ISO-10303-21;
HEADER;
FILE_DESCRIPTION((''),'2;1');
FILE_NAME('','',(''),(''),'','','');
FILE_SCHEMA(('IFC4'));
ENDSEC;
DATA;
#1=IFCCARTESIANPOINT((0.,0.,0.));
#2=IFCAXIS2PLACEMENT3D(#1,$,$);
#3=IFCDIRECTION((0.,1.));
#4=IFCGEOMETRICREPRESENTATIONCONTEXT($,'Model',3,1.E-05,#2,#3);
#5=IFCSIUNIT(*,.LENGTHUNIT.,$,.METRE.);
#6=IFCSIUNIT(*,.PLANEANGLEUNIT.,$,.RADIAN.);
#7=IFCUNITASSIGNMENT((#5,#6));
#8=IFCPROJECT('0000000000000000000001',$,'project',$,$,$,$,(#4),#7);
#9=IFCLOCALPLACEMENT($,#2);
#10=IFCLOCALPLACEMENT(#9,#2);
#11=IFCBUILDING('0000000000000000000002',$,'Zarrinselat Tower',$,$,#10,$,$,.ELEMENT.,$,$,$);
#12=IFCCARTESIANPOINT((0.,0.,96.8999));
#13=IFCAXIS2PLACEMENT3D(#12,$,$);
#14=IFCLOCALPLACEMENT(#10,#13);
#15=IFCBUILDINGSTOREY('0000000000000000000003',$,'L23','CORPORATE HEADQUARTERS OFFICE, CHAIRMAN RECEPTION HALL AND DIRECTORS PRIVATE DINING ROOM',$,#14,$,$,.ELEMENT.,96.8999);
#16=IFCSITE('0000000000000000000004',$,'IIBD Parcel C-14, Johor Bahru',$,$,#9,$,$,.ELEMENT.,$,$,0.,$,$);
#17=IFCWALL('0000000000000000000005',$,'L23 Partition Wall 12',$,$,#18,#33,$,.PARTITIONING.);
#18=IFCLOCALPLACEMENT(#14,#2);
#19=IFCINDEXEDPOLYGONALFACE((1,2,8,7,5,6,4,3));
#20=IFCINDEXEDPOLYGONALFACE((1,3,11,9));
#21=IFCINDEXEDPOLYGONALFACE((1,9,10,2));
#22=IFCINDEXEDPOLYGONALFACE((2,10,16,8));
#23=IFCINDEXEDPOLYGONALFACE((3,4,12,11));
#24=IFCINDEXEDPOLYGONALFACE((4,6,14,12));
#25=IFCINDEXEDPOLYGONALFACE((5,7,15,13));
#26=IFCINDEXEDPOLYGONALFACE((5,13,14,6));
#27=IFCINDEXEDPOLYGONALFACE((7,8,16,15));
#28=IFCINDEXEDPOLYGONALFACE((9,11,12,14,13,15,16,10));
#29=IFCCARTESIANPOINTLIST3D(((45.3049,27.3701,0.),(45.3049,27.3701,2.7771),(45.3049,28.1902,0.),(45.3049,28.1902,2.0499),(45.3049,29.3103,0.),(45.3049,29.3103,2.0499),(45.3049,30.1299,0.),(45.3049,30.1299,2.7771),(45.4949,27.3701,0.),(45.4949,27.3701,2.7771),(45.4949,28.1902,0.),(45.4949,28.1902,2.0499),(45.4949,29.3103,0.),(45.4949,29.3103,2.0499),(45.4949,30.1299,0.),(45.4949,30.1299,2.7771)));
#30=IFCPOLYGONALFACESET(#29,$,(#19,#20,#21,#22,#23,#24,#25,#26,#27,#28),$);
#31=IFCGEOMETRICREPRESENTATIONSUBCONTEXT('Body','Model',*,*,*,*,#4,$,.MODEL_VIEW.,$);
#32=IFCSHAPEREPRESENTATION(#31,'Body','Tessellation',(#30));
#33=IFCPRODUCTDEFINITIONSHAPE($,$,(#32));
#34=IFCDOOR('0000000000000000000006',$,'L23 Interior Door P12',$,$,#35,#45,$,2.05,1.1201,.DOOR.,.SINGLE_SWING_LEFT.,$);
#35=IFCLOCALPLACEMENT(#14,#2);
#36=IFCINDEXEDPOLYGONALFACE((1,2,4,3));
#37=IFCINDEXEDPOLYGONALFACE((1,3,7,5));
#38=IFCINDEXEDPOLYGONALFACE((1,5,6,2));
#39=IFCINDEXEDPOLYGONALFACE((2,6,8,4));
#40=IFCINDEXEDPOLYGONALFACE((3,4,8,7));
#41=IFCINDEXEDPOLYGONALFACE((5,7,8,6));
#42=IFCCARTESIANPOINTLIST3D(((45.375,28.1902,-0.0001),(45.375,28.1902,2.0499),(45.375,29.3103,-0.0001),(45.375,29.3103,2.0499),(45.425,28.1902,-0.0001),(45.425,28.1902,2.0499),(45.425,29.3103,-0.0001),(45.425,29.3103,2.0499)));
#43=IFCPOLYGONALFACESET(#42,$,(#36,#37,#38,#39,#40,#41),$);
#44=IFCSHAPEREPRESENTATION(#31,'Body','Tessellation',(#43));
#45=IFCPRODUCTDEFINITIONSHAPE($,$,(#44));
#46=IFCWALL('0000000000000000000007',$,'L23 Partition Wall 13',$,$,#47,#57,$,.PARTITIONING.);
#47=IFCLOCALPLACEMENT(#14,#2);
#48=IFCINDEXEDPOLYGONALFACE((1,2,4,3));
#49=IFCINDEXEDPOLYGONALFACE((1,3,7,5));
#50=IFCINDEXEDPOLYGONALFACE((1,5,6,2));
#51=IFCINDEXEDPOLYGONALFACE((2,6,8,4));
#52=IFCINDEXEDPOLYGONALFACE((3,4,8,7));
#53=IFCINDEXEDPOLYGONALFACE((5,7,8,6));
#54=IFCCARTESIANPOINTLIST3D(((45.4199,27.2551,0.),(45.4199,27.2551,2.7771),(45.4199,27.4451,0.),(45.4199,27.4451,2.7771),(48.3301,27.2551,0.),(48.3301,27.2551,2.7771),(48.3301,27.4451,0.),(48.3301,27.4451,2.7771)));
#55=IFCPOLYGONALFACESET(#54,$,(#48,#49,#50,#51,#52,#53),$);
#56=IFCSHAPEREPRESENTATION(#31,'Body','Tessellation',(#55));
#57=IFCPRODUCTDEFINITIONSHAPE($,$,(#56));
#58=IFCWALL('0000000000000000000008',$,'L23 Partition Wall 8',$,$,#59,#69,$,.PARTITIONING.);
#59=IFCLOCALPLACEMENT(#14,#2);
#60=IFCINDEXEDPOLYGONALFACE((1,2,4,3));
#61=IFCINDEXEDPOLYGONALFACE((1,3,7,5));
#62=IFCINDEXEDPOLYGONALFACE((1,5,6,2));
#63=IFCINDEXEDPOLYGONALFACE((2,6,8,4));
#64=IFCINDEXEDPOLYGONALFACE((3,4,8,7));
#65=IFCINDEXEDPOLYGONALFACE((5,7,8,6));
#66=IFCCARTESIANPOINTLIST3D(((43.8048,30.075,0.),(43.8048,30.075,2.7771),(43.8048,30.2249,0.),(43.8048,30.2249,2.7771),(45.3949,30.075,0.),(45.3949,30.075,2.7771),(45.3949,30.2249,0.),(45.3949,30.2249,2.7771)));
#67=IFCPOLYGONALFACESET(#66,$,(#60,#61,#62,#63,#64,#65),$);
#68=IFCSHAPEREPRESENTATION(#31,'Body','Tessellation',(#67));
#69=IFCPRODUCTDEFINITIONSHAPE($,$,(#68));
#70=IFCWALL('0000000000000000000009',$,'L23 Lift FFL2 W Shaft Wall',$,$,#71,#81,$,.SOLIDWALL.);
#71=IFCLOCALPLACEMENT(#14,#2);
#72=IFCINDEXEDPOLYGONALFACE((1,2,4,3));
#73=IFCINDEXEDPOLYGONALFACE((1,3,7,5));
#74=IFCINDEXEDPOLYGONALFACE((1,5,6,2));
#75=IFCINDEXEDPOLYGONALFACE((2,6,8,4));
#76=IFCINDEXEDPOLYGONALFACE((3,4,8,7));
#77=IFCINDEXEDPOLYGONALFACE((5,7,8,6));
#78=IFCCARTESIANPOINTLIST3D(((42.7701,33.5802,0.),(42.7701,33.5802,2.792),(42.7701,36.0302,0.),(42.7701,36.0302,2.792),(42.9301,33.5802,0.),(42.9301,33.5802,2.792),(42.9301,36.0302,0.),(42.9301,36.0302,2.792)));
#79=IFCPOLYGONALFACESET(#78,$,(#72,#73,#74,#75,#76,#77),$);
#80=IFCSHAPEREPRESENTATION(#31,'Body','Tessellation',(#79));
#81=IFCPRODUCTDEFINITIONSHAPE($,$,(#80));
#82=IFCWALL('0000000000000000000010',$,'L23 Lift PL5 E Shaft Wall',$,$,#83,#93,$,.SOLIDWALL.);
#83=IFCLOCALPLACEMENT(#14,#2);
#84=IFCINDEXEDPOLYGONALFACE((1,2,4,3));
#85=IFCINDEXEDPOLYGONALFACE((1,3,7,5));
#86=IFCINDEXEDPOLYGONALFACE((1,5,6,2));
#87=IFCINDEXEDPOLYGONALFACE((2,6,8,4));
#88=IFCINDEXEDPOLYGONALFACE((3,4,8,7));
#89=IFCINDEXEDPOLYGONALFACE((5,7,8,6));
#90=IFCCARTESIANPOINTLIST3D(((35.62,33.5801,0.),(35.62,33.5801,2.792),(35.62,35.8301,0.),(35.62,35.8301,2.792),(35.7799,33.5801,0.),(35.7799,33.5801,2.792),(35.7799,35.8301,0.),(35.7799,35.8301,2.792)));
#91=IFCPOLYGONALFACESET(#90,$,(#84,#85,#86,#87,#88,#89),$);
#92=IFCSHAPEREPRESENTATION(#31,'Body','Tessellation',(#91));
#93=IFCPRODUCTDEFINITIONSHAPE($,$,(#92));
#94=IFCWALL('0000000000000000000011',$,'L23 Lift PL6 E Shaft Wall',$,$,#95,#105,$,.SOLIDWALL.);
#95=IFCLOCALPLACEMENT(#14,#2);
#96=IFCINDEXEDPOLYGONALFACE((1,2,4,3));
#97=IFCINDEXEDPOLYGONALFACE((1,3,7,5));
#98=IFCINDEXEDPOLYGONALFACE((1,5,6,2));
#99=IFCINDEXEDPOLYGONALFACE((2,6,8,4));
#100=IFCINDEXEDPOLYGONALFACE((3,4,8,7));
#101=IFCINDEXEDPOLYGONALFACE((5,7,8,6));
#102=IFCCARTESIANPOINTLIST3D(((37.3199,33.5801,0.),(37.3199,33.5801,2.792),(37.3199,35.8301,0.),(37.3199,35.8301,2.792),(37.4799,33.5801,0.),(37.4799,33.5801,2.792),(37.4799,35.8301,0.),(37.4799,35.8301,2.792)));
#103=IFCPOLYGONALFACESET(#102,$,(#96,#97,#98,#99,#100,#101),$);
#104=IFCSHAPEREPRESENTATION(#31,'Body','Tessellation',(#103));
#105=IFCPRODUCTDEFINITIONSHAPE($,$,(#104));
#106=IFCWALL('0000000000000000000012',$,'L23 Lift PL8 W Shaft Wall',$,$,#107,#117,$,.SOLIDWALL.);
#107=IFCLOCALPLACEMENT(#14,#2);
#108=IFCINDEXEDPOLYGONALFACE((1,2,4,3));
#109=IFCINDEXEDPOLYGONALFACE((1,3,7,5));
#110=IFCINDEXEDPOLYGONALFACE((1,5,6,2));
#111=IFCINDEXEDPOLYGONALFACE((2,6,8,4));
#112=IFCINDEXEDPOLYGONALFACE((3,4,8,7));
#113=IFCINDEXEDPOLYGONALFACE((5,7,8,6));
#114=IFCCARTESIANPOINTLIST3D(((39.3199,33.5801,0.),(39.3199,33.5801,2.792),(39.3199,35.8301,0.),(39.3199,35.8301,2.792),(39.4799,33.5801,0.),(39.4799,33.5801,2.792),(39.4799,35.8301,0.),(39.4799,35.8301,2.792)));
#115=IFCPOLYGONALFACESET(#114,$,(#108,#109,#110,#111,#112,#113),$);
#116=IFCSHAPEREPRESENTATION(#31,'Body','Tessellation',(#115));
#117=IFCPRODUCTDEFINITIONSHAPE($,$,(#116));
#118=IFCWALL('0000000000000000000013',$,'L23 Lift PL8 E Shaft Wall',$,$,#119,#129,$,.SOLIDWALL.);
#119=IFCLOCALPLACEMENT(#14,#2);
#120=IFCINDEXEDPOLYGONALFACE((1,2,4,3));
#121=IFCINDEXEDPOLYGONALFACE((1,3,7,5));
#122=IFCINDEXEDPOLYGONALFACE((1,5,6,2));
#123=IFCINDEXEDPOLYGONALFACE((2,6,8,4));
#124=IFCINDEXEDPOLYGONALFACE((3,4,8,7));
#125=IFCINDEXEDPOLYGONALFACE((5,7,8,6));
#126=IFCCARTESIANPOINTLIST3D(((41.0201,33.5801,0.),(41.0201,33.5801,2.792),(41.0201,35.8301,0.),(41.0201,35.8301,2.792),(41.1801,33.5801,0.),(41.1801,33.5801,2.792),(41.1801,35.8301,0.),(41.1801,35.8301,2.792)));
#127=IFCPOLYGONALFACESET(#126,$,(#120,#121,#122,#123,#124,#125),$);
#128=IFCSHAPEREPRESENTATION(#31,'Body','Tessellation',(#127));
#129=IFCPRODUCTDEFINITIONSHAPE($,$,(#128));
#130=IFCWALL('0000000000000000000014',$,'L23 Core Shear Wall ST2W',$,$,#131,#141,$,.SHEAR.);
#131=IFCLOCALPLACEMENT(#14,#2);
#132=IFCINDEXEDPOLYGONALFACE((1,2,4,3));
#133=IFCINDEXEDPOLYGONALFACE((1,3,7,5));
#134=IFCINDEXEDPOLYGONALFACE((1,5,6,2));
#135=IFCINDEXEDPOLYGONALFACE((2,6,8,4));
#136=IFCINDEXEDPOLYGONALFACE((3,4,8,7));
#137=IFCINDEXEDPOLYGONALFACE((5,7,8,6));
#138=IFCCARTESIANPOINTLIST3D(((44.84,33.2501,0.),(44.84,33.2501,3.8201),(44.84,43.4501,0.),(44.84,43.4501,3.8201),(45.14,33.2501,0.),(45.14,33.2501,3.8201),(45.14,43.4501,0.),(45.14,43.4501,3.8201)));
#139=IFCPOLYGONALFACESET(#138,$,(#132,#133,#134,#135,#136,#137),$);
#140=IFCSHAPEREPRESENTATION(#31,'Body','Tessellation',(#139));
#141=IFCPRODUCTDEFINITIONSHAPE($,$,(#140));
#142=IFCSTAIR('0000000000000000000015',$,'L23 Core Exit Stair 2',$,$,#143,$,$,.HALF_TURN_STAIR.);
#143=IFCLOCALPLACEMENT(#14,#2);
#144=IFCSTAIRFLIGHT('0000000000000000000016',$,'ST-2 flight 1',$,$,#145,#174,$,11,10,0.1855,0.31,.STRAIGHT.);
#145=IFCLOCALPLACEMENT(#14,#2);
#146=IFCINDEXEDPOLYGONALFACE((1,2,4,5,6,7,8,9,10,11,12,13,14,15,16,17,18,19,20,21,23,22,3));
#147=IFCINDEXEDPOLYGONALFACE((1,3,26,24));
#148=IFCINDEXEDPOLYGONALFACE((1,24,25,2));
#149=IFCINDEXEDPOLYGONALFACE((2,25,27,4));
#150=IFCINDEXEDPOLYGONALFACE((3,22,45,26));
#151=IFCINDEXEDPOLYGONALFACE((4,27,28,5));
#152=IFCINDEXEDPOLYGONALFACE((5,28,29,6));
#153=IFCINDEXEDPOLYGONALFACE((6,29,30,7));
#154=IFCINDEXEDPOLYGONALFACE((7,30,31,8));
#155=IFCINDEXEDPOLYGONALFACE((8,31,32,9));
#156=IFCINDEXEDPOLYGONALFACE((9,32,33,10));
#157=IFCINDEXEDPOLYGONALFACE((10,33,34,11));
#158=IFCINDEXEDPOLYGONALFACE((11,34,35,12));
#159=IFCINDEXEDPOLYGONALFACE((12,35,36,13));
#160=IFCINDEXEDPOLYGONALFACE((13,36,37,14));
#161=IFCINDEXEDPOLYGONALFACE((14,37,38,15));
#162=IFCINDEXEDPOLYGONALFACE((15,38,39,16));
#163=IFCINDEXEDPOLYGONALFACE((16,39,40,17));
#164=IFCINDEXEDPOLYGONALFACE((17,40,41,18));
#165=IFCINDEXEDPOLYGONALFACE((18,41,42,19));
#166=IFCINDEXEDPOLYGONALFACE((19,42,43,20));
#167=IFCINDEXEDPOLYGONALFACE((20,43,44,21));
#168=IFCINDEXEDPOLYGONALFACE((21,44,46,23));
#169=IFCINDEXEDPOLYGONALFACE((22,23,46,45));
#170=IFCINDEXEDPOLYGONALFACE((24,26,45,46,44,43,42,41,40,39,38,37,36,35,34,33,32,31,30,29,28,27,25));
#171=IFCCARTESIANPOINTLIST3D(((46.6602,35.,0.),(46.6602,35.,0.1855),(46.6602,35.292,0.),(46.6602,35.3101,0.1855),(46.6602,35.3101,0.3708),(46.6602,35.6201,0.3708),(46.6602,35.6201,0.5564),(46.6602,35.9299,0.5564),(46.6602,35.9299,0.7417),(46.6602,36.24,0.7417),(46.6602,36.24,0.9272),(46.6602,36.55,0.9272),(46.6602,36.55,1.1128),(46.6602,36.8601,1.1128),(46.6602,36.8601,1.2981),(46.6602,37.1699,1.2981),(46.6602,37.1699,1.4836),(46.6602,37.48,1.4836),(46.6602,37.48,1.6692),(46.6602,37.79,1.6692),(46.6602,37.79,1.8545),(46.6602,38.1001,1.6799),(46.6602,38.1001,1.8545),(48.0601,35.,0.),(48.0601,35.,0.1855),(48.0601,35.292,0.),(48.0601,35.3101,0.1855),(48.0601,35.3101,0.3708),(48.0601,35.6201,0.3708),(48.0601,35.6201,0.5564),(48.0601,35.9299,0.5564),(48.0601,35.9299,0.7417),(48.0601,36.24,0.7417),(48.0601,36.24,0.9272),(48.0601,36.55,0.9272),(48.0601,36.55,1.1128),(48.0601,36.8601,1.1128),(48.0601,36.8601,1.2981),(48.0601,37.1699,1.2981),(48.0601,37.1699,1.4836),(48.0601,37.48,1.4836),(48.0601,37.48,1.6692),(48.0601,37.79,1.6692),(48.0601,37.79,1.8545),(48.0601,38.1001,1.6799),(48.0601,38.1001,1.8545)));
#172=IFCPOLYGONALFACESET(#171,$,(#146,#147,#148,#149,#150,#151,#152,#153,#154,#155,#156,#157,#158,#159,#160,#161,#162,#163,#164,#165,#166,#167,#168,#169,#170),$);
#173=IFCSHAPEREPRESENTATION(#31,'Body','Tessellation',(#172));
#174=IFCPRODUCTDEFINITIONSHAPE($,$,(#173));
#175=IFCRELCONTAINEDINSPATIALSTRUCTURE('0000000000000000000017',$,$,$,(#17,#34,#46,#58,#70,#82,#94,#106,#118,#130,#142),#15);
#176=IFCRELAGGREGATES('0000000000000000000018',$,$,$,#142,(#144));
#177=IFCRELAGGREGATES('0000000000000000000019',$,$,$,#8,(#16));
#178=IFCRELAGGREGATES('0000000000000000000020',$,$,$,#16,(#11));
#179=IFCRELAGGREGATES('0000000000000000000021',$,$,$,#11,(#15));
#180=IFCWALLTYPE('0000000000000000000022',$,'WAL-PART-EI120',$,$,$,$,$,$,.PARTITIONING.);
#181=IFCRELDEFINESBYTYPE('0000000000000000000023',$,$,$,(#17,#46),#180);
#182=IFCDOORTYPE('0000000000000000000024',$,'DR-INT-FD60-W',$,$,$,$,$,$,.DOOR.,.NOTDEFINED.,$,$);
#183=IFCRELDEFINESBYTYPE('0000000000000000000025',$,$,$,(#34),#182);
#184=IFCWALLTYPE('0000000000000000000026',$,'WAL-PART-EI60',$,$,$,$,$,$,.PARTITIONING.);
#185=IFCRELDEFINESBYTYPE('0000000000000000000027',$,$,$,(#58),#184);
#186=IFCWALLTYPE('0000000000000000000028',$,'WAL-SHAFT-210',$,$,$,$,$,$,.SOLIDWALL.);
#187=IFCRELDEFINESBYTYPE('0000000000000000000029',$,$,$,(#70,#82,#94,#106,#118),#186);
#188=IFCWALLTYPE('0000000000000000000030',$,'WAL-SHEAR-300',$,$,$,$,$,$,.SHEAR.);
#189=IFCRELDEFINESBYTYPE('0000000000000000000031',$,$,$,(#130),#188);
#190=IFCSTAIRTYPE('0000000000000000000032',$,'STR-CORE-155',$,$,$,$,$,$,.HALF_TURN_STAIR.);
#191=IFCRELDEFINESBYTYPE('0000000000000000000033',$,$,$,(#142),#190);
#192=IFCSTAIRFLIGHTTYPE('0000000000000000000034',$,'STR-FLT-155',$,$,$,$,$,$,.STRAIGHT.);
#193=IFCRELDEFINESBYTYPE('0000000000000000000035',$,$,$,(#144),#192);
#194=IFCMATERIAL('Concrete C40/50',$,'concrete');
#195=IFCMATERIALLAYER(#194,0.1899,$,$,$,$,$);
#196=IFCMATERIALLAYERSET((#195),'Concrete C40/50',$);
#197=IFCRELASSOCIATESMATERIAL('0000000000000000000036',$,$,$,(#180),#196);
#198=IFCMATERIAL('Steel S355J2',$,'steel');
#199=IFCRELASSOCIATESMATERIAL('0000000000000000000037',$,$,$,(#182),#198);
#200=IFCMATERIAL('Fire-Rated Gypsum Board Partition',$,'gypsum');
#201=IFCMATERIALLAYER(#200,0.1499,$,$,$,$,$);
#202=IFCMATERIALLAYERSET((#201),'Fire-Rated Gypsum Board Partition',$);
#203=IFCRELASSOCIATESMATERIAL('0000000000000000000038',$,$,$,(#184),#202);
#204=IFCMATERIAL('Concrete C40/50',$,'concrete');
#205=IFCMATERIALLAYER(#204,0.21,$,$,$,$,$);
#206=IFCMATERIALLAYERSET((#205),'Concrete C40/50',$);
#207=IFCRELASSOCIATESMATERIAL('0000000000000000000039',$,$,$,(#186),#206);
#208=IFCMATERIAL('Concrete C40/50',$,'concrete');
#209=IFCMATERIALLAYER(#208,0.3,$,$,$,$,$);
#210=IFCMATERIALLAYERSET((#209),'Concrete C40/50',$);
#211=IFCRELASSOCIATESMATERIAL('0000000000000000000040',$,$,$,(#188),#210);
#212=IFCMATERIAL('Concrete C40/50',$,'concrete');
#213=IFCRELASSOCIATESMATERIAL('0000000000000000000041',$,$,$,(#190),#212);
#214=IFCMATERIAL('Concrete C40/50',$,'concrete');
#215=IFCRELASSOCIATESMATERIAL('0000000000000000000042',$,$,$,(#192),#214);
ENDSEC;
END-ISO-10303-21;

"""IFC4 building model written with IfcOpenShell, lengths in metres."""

from ifc_helpers import new_model, si_unit, direction, frame, frame_2d, origin, place, context, subcontext, project, spatial, polyline, rectangle, outline, extrude, material, layer, layer_set, type_object, element, fill, aggregate, save


model = new_model("IFC4")

# Units and contexts
model_context = context("Model", 3, precision=1e-05, world=origin(), true_north=direction((0.0, 1.0)))
body_context = subcontext(model_context, "Body", "Model", "MODEL_VIEW")
ifc_project = project(units=[si_unit("LENGTHUNIT", "METRE"), si_unit("PLANEANGLEUNIT", "RADIAN")], contexts=[model_context])

# Site, building, storey
site_placement = place(None, origin())
site = spatial("IfcSite", under=ifc_project, at=site_placement, Name="IIBD Parcel C-14, Johor Bahru", CompositionType="ELEMENT", RefElevation=0.0)
building_placement = place(site_placement, origin())
building = spatial("IfcBuilding", under=site, at=building_placement, Name="Zarrinselat Tower", CompositionType="ELEMENT")
storey_placement = place(building_placement, frame((0.0, 0.0, 96.8999)))
storey = spatial("IfcBuildingStorey", under=building, at=storey_placement, Name="L23", Description="CORPORATE HEADQUARTERS OFFICE, CHAIRMAN RECEPTION HALL AND DIRECTORS PRIVATE DINING ROOM", CompositionType="ELEMENT", Elevation=96.8999)

# Wall, opening, door
ifc_material_1 = material(Name="Concrete C40/50", Category="concrete")
ifc_layer_1 = layer(ifc_material_1, 0.1899)
ifc_layer_set_1 = layer_set([ifc_layer_1], Name="Concrete C40/50")
wall_type_1 = type_object("IfcWallType", Name="WAL-PART-EI120", PredefinedType="PARTITIONING", material=ifc_layer_set_1)
ifc_material_2 = material(Name="Steel S355J2", Category="steel")
door_type = type_object("IfcDoorType", Name="DR-INT-FD60-W", OperationType="NOTDEFINED", PredefinedType="DOOR", material=ifc_material_2)
wall_1_placement = place(storey_placement, frame((45.3999, 27.3701, 0.0), z_axis=(0.0, 0.0, 1.0), x_axis=(0.0, 1.0, 0.0)))
wall_1 = element("IfcWall", 1, at=wall_1_placement, inside=storey, type_object=wall_type_1, Name="L23 Partition Wall 12", PredefinedType="PARTITIONING", context=body_context, shape_type="SweptSolid", body=[
    extrude(rectangle(XDim=2.7598, YDim=0.1899, at=frame_2d((1.3799, 0.0))), origin(), (0.0, 0.0, 1.0), 2.7771),
])
opening_1_placement = place(wall_1_placement, frame((0.8201, 0.0, 0.0)))
opening_1 = element("IfcOpeningElement", 2, at=opening_1_placement, cuts=wall_1, PredefinedType="OPENING", context=body_context, shape_type="SweptSolid", body=[
    extrude(rectangle(XDim=1.1201, YDim=2.05, at=frame_2d((0.5601, 1.0249))), frame((0.0, 0.105, 0.0), z_axis=(0.0, -1.0, 0.0), x_axis=(1.0, 0.0, 0.0)), (0.0, 0.0, 1.0), 0.21),
])
door_1_placement = place(opening_1_placement, origin())
door_1 = element("IfcDoor", 3, at=door_1_placement, inside=storey, type_object=door_type, Name="L23 Interior Door P12", OperationType="SINGLE_SWING_LEFT", OverallHeight=2.05, OverallWidth=1.1201, PredefinedType="DOOR", context=body_context, shape_type="SweptSolid", body=[
    extrude(rectangle(XDim=1.1201, YDim=2.05, at=frame_2d((0.5601, 1.0249))), frame((0.0, 0.0249, 0.0), z_axis=(0.0, -1.0, 0.0), x_axis=(1.0, 0.0, 0.0)), (0.0, 0.0, 1.0), 0.05),
])
fill(opening_1, door_1)

# Walls
wall_2_placement = place(storey_placement, frame((45.4199, 27.3501, 0.0), z_axis=(0.0, 0.0, 1.0), x_axis=(1.0, 0.0, 0.0)))
element("IfcWall", 4, at=wall_2_placement, inside=storey, type_object=wall_type_1, Name="L23 Partition Wall 13", PredefinedType="PARTITIONING", context=body_context, shape_type="SweptSolid", body=[
    extrude(rectangle(XDim=2.9102, YDim=0.1899, at=frame_2d((1.4551, 0.0))), origin(), (0.0, 0.0, 1.0), 2.7771),
])
ifc_material_3 = material(Name="Fire-Rated Gypsum Board Partition", Category="gypsum")
ifc_layer_2 = layer(ifc_material_3, 0.1499)
ifc_layer_set_2 = layer_set([ifc_layer_2], Name="Fire-Rated Gypsum Board Partition")
wall_type_2 = type_object("IfcWallType", Name="WAL-PART-EI60", PredefinedType="PARTITIONING", material=ifc_layer_set_2)
wall_3_placement = place(storey_placement, frame((43.8049, 30.1499, 0.0), z_axis=(0.0, 0.0, 1.0), x_axis=(1.0, 0.0, 0.0)))
element("IfcWall", 5, at=wall_3_placement, inside=storey, type_object=wall_type_2, Name="L23 Partition Wall 8", PredefinedType="PARTITIONING", context=body_context, shape_type="SweptSolid", body=[
    extrude(rectangle(XDim=1.5901, YDim=0.1499, at=frame_2d((0.7949, 0.0))), origin(), (0.0, 0.0, 1.0), 2.7771),
])
ifc_material_4 = material(Name="Concrete C40/50", Category="concrete")
ifc_layer_3 = layer(ifc_material_4, 0.21)
ifc_layer_set_3 = layer_set([ifc_layer_3], Name="Concrete C40/50")
wall_type_3 = type_object("IfcWallType", Name="WAL-SHAFT-210", PredefinedType="SOLIDWALL", material=ifc_layer_set_3)
wall_4_placement = place(storey_placement, frame((42.8501, 33.5801, 0.0), z_axis=(0.0, 0.0, 1.0), x_axis=(0.0, 1.0, 0.0)))
element("IfcWall", 6, at=wall_4_placement, inside=storey, type_object=wall_type_3, Name="L23 Lift FFL2 W Shaft Wall", PredefinedType="SOLIDWALL", context=body_context, shape_type="SweptSolid", body=[
    extrude(rectangle(XDim=2.45, YDim=0.1599, at=frame_2d((1.2251, 0.0))), origin(), (0.0, 0.0, 1.0), 2.792),
])
for number, where, z_axis, x_axis, name in (
    (7, (35.7, 33.5801, 0.0), (0.0, 0.0, 1.0), (0.0, 1.0, 0.0), "L23 Lift PL5 E Shaft Wall"),
    (8, (37.3999, 33.5801, 0.0), (0.0, 0.0, 1.0), (0.0, 1.0, 0.0), "L23 Lift PL6 E Shaft Wall"),
    (9, (39.3999, 33.5801, 0.0), (0.0, 0.0, 1.0), (0.0, 1.0, 0.0), "L23 Lift PL8 W Shaft Wall"),
    (10, (41.1001, 33.5801, 0.0), (0.0, 0.0, 1.0), (0.0, 1.0, 0.0), "L23 Lift PL8 E Shaft Wall"),
):
    element("IfcWall", number, at=place(storey_placement, frame(where, z_axis=z_axis, x_axis=x_axis)), inside=storey, type_object=wall_type_3, Name=name, PredefinedType="SOLIDWALL", context=body_context, shape_type="SweptSolid", body=[
        extrude(rectangle(XDim=2.25, YDim=0.1599, at=frame_2d((1.125, 0.0))), origin(), (0.0, 0.0, 1.0), 2.792),
    ])
ifc_material_5 = material(Name="Concrete C40/50", Category="concrete")
ifc_layer_4 = layer(ifc_material_5, 0.3)
ifc_layer_set_4 = layer_set([ifc_layer_4], Name="Concrete C40/50")
wall_type_4 = type_object("IfcWallType", Name="WAL-SHEAR-300", PredefinedType="SHEAR", material=ifc_layer_set_4)
wall_5_placement = place(storey_placement, frame((44.99, 33.25, 0.0), z_axis=(0.0, 0.0, 1.0), x_axis=(0.0, 1.0, 0.0)))
element("IfcWall", 11, at=wall_5_placement, inside=storey, type_object=wall_type_4, Name="L23 Core Shear Wall ST2W", PredefinedType="SHEAR", context=body_context, shape_type="SweptSolid", body=[
    extrude(rectangle(XDim=10.2, YDim=0.3, at=frame_2d((5.1001, 0.0))), origin(), (0.0, 0.0, 1.0), 3.8201),
])

# Stair, stair flight
ifc_material_6 = material(Name="Concrete C40/50", Category="concrete")
stair_type = type_object("IfcStairType", Name="STR-CORE-155", PredefinedType="HALF_TURN_STAIR", material=ifc_material_6)
stair_placement = place(storey_placement, origin())
stair = element("IfcStair", 12, at=stair_placement, inside=storey, type_object=stair_type, Name="L23 Core Exit Stair 2", PredefinedType="HALF_TURN_STAIR")
ifc_material_7 = material(Name="Concrete C40/50", Category="concrete")
stair_flight_type = type_object("IfcStairFlightType", Name="STR-FLT-155", PredefinedType="STRAIGHT", material=ifc_material_7)
stair_flight_placement = place(storey_placement, frame((47.3601, 35.0, 0.0), z_axis=(0.0, 0.0, 1.0), x_axis=(0.0, 1.0, 0.0)))
stair_flight = element("IfcStairFlight", 13, at=stair_flight_placement, type_object=stair_flight_type, Name="ST-2 flight 1", NumberOfRisers=11, NumberOfTreads=10, PredefinedType="STRAIGHT", RiserHeight=0.1855, TreadLength=0.31, context=body_context, shape_type="SweptSolid", body=[
    extrude(outline(polyline([(0.0, 0.0), (0.0, 0.1855), (0.3101, 0.1855), (0.3101, 0.3708), (0.6201, 0.3708), (0.6201, 0.5564), (0.9299, 0.5564), (0.9299, 0.7417), (1.24, 0.7417), (1.24, 0.9272), (1.55, 0.9272), (1.55, 1.1128), (1.8601, 1.1128), (1.8601, 1.2981), (2.1699, 1.2981), (2.1699, 1.4836), (2.48, 1.4836), (2.48, 1.6692), (2.79, 1.6692), (2.79, 1.8545), (3.1001, 1.8545), (3.1001, 2.04), (3.1001, 1.6799), (0.292, 0.0), (0.0, 0.0)])), frame((0.0, 0.7, 0.0), z_axis=(0.0, -1.0, 0.0), x_axis=(1.0, 0.0, 0.0)), (0.0, 0.0, 1.0), 1.3999),
])
aggregate(stair, [stair_flight])

save(model, "model.ifc")
